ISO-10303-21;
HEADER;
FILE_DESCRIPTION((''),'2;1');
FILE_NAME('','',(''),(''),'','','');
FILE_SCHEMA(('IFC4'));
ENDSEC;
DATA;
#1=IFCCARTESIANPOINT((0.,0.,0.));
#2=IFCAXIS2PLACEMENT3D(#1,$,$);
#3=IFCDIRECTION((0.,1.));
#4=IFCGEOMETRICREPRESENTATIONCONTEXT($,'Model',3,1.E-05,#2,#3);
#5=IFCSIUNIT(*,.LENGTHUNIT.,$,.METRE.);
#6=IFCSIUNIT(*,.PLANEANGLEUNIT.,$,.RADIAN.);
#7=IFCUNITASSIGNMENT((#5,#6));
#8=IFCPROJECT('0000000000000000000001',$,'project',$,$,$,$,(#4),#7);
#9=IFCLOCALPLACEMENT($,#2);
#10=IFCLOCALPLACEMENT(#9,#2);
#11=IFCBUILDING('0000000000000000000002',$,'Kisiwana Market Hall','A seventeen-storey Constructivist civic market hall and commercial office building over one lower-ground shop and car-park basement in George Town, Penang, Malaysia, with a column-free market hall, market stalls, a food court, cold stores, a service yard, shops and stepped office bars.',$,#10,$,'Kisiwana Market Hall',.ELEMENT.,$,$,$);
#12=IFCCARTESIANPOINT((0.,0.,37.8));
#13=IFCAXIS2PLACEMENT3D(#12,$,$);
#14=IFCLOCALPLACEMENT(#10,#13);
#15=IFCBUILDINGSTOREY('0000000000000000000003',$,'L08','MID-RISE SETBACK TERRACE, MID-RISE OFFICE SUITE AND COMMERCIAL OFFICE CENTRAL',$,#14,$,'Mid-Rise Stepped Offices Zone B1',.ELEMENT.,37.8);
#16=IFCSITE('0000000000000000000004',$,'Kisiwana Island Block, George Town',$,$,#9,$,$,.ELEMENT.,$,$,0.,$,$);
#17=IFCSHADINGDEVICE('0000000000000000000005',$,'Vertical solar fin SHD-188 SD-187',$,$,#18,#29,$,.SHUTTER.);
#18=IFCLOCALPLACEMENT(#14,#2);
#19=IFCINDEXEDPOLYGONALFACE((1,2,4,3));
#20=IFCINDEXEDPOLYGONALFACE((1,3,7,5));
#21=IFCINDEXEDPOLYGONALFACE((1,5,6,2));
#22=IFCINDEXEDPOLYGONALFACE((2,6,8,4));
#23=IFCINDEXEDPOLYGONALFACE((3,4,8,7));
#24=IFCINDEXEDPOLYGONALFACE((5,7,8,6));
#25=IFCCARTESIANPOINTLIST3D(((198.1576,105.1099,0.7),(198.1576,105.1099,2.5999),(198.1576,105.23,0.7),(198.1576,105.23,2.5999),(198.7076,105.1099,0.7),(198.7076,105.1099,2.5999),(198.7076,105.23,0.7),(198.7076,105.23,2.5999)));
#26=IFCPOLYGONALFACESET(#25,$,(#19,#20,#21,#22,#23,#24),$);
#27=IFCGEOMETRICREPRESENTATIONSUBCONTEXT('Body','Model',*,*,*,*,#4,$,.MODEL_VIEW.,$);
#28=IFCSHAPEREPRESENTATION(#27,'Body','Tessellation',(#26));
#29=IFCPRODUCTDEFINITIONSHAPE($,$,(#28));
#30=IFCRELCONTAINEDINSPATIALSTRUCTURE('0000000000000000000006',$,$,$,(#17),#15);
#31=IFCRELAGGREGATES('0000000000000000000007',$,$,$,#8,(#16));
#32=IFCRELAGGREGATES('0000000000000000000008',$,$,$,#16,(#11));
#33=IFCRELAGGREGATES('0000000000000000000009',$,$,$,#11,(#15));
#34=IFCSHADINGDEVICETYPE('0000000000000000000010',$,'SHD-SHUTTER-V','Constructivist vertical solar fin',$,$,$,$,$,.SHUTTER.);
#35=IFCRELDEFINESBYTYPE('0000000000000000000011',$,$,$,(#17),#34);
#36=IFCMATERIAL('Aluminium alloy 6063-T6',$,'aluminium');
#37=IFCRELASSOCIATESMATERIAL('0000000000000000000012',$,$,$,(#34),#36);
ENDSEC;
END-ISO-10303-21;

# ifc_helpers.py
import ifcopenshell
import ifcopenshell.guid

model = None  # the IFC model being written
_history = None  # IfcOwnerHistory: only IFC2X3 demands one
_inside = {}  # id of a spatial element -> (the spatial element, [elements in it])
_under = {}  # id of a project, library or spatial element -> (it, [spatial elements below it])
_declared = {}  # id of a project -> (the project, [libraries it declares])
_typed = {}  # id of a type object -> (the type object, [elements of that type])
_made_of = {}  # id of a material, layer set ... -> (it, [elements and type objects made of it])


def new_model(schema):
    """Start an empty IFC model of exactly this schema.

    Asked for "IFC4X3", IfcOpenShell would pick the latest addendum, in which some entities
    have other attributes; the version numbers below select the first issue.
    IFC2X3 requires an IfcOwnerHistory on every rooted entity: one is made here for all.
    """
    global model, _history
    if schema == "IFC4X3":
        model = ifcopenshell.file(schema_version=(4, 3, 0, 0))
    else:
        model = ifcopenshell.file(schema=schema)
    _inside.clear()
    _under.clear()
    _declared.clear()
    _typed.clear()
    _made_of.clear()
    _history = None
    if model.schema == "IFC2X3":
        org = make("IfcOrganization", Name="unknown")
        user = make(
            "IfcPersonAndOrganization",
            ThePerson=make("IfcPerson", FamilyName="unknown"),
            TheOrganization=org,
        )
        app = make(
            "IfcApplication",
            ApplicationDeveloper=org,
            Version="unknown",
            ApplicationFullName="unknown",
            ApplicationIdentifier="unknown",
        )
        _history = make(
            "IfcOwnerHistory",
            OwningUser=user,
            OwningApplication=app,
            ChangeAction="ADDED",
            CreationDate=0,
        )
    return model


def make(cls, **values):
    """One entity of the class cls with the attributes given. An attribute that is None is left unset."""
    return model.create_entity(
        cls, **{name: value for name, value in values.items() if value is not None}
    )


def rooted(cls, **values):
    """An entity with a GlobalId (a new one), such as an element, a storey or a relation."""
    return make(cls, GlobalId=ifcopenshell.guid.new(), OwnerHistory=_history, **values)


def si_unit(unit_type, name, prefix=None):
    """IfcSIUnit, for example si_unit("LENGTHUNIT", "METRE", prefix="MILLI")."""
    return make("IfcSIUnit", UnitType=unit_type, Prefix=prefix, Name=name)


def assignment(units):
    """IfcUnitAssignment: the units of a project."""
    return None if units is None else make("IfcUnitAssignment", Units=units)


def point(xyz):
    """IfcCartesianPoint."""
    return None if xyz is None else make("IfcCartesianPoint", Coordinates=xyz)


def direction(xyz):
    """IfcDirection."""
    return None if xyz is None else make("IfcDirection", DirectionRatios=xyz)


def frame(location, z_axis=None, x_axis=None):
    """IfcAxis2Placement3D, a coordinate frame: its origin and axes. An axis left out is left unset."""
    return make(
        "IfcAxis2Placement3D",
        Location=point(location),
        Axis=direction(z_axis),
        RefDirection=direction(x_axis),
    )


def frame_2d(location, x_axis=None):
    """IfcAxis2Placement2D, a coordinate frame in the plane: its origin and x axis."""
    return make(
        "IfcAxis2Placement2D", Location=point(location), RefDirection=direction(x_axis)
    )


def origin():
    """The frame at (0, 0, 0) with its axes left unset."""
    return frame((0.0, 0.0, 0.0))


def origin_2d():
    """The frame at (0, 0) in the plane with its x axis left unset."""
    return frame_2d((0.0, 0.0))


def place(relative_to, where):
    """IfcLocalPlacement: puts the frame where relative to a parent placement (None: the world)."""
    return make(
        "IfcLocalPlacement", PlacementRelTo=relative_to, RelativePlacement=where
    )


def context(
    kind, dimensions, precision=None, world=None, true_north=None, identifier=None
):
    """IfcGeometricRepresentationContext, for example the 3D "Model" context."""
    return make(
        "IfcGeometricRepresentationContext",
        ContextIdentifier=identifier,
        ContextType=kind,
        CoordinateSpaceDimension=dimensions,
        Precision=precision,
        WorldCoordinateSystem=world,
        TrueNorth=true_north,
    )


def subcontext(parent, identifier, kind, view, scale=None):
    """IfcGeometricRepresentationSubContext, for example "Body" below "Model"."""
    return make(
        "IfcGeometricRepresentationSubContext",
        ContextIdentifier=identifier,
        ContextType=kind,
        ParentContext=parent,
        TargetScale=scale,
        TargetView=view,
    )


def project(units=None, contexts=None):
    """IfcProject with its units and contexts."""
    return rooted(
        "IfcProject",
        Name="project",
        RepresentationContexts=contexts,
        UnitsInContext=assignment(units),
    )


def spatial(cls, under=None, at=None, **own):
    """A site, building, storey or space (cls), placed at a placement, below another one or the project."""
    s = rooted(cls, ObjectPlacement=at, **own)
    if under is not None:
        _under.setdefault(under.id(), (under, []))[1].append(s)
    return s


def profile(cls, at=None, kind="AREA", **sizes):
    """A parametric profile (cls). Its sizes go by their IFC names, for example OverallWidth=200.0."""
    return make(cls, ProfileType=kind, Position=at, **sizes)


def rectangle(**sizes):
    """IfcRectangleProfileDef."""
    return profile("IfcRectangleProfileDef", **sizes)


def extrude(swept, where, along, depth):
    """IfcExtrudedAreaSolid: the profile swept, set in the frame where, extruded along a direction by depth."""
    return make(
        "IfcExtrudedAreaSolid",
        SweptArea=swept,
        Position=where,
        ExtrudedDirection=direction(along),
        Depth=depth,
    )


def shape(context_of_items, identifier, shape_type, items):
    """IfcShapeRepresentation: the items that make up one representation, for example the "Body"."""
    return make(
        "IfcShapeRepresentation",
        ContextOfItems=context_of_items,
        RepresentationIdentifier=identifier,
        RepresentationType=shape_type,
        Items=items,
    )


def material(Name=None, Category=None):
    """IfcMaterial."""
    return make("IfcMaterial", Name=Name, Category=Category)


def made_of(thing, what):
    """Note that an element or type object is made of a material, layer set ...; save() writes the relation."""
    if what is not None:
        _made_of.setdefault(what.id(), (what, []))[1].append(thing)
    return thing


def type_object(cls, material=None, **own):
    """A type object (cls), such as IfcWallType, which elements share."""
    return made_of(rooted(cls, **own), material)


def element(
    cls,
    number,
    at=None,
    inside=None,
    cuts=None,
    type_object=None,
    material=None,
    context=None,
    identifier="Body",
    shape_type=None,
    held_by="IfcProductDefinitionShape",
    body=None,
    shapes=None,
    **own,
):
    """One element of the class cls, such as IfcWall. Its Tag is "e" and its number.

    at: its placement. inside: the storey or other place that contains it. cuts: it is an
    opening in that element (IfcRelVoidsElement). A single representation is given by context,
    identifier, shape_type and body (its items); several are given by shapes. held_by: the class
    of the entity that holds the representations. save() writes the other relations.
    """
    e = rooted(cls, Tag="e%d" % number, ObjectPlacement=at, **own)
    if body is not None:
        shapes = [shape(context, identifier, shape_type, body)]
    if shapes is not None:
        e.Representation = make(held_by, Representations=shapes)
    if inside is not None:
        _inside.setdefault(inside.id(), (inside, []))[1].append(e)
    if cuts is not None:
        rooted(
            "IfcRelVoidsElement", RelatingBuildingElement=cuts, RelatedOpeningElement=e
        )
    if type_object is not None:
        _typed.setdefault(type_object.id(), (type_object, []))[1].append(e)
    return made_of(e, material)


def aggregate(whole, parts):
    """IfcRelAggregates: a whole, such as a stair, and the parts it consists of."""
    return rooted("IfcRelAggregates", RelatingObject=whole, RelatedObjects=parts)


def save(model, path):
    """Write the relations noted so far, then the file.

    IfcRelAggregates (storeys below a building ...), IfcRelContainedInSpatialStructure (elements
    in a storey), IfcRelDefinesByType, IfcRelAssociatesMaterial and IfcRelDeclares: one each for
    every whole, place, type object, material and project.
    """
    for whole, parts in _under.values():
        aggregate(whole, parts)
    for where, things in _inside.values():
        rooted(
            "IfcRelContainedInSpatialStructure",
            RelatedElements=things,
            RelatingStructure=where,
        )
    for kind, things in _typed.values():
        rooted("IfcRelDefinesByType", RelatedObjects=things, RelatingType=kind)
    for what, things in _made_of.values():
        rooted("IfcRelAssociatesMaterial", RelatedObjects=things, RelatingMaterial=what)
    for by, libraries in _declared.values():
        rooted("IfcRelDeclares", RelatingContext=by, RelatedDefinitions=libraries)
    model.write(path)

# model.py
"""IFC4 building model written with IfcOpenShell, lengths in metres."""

from ifc_helpers import new_model, si_unit, direction, frame, origin, origin_2d, place, context, subcontext, project, spatial, rectangle, extrude, material, type_object, element, save


model = new_model("IFC4")

# Units and contexts
model_context = context("Model", 3, precision=1e-05, world=origin(), true_north=direction((0.0, 1.0)))
body_context = subcontext(model_context, "Body", "Model", "MODEL_VIEW")
ifc_project = project(units=[si_unit("LENGTHUNIT", "METRE"), si_unit("PLANEANGLEUNIT", "RADIAN")], contexts=[model_context])

# Site, building, storey
site_placement = place(None, origin())
site = spatial("IfcSite", under=ifc_project, at=site_placement, Name="Kisiwana Island Block, George Town", CompositionType="ELEMENT", RefElevation=0.0)
building_placement = place(site_placement, origin())
building = spatial("IfcBuilding", under=site, at=building_placement, Name="Kisiwana Market Hall", Description="A seventeen-storey Constructivist civic market hall and commercial office building over one lower-ground shop and car-park basement in George Town, Penang, Malaysia, with a column-free market hall, market stalls, a food court, cold stores, a service yard, shops and stepped office bars.", LongName="Kisiwana Market Hall", CompositionType="ELEMENT")
storey_placement = place(building_placement, frame((0.0, 0.0, 37.8)))
storey = spatial("IfcBuildingStorey", under=building, at=storey_placement, Name="L08", Description="MID-RISE SETBACK TERRACE, MID-RISE OFFICE SUITE AND COMMERCIAL OFFICE CENTRAL", LongName="Mid-Rise Stepped Offices Zone B1", CompositionType="ELEMENT", Elevation=37.8)

# Shading device
ifc_material_1 = material(Name="Aluminium alloy 6063-T6", Category="aluminium")
shading_device_type = type_object("IfcShadingDeviceType", Name="SHD-SHUTTER-V", Description="Constructivist vertical solar fin", PredefinedType="SHUTTER", material=ifc_material_1)
shading_device_placement = place(storey_placement, frame((198.4326, 105.1699, 0.7), z_axis=(0.0, 0.0, 1.0), x_axis=(0.0, 1.0, 0.0)))
element("IfcShadingDevice", 1, at=shading_device_placement, inside=storey, type_object=shading_device_type, Name="Vertical solar fin SHD-188 SD-187", PredefinedType="SHUTTER", context=body_context, shape_type="SweptSolid", body=[
    extrude(rectangle(XDim=0.1201, YDim=0.55, at=origin_2d()), origin(), (0.0, 0.0, 1.0), 1.8999),
])

save(model, "model.ifc")
